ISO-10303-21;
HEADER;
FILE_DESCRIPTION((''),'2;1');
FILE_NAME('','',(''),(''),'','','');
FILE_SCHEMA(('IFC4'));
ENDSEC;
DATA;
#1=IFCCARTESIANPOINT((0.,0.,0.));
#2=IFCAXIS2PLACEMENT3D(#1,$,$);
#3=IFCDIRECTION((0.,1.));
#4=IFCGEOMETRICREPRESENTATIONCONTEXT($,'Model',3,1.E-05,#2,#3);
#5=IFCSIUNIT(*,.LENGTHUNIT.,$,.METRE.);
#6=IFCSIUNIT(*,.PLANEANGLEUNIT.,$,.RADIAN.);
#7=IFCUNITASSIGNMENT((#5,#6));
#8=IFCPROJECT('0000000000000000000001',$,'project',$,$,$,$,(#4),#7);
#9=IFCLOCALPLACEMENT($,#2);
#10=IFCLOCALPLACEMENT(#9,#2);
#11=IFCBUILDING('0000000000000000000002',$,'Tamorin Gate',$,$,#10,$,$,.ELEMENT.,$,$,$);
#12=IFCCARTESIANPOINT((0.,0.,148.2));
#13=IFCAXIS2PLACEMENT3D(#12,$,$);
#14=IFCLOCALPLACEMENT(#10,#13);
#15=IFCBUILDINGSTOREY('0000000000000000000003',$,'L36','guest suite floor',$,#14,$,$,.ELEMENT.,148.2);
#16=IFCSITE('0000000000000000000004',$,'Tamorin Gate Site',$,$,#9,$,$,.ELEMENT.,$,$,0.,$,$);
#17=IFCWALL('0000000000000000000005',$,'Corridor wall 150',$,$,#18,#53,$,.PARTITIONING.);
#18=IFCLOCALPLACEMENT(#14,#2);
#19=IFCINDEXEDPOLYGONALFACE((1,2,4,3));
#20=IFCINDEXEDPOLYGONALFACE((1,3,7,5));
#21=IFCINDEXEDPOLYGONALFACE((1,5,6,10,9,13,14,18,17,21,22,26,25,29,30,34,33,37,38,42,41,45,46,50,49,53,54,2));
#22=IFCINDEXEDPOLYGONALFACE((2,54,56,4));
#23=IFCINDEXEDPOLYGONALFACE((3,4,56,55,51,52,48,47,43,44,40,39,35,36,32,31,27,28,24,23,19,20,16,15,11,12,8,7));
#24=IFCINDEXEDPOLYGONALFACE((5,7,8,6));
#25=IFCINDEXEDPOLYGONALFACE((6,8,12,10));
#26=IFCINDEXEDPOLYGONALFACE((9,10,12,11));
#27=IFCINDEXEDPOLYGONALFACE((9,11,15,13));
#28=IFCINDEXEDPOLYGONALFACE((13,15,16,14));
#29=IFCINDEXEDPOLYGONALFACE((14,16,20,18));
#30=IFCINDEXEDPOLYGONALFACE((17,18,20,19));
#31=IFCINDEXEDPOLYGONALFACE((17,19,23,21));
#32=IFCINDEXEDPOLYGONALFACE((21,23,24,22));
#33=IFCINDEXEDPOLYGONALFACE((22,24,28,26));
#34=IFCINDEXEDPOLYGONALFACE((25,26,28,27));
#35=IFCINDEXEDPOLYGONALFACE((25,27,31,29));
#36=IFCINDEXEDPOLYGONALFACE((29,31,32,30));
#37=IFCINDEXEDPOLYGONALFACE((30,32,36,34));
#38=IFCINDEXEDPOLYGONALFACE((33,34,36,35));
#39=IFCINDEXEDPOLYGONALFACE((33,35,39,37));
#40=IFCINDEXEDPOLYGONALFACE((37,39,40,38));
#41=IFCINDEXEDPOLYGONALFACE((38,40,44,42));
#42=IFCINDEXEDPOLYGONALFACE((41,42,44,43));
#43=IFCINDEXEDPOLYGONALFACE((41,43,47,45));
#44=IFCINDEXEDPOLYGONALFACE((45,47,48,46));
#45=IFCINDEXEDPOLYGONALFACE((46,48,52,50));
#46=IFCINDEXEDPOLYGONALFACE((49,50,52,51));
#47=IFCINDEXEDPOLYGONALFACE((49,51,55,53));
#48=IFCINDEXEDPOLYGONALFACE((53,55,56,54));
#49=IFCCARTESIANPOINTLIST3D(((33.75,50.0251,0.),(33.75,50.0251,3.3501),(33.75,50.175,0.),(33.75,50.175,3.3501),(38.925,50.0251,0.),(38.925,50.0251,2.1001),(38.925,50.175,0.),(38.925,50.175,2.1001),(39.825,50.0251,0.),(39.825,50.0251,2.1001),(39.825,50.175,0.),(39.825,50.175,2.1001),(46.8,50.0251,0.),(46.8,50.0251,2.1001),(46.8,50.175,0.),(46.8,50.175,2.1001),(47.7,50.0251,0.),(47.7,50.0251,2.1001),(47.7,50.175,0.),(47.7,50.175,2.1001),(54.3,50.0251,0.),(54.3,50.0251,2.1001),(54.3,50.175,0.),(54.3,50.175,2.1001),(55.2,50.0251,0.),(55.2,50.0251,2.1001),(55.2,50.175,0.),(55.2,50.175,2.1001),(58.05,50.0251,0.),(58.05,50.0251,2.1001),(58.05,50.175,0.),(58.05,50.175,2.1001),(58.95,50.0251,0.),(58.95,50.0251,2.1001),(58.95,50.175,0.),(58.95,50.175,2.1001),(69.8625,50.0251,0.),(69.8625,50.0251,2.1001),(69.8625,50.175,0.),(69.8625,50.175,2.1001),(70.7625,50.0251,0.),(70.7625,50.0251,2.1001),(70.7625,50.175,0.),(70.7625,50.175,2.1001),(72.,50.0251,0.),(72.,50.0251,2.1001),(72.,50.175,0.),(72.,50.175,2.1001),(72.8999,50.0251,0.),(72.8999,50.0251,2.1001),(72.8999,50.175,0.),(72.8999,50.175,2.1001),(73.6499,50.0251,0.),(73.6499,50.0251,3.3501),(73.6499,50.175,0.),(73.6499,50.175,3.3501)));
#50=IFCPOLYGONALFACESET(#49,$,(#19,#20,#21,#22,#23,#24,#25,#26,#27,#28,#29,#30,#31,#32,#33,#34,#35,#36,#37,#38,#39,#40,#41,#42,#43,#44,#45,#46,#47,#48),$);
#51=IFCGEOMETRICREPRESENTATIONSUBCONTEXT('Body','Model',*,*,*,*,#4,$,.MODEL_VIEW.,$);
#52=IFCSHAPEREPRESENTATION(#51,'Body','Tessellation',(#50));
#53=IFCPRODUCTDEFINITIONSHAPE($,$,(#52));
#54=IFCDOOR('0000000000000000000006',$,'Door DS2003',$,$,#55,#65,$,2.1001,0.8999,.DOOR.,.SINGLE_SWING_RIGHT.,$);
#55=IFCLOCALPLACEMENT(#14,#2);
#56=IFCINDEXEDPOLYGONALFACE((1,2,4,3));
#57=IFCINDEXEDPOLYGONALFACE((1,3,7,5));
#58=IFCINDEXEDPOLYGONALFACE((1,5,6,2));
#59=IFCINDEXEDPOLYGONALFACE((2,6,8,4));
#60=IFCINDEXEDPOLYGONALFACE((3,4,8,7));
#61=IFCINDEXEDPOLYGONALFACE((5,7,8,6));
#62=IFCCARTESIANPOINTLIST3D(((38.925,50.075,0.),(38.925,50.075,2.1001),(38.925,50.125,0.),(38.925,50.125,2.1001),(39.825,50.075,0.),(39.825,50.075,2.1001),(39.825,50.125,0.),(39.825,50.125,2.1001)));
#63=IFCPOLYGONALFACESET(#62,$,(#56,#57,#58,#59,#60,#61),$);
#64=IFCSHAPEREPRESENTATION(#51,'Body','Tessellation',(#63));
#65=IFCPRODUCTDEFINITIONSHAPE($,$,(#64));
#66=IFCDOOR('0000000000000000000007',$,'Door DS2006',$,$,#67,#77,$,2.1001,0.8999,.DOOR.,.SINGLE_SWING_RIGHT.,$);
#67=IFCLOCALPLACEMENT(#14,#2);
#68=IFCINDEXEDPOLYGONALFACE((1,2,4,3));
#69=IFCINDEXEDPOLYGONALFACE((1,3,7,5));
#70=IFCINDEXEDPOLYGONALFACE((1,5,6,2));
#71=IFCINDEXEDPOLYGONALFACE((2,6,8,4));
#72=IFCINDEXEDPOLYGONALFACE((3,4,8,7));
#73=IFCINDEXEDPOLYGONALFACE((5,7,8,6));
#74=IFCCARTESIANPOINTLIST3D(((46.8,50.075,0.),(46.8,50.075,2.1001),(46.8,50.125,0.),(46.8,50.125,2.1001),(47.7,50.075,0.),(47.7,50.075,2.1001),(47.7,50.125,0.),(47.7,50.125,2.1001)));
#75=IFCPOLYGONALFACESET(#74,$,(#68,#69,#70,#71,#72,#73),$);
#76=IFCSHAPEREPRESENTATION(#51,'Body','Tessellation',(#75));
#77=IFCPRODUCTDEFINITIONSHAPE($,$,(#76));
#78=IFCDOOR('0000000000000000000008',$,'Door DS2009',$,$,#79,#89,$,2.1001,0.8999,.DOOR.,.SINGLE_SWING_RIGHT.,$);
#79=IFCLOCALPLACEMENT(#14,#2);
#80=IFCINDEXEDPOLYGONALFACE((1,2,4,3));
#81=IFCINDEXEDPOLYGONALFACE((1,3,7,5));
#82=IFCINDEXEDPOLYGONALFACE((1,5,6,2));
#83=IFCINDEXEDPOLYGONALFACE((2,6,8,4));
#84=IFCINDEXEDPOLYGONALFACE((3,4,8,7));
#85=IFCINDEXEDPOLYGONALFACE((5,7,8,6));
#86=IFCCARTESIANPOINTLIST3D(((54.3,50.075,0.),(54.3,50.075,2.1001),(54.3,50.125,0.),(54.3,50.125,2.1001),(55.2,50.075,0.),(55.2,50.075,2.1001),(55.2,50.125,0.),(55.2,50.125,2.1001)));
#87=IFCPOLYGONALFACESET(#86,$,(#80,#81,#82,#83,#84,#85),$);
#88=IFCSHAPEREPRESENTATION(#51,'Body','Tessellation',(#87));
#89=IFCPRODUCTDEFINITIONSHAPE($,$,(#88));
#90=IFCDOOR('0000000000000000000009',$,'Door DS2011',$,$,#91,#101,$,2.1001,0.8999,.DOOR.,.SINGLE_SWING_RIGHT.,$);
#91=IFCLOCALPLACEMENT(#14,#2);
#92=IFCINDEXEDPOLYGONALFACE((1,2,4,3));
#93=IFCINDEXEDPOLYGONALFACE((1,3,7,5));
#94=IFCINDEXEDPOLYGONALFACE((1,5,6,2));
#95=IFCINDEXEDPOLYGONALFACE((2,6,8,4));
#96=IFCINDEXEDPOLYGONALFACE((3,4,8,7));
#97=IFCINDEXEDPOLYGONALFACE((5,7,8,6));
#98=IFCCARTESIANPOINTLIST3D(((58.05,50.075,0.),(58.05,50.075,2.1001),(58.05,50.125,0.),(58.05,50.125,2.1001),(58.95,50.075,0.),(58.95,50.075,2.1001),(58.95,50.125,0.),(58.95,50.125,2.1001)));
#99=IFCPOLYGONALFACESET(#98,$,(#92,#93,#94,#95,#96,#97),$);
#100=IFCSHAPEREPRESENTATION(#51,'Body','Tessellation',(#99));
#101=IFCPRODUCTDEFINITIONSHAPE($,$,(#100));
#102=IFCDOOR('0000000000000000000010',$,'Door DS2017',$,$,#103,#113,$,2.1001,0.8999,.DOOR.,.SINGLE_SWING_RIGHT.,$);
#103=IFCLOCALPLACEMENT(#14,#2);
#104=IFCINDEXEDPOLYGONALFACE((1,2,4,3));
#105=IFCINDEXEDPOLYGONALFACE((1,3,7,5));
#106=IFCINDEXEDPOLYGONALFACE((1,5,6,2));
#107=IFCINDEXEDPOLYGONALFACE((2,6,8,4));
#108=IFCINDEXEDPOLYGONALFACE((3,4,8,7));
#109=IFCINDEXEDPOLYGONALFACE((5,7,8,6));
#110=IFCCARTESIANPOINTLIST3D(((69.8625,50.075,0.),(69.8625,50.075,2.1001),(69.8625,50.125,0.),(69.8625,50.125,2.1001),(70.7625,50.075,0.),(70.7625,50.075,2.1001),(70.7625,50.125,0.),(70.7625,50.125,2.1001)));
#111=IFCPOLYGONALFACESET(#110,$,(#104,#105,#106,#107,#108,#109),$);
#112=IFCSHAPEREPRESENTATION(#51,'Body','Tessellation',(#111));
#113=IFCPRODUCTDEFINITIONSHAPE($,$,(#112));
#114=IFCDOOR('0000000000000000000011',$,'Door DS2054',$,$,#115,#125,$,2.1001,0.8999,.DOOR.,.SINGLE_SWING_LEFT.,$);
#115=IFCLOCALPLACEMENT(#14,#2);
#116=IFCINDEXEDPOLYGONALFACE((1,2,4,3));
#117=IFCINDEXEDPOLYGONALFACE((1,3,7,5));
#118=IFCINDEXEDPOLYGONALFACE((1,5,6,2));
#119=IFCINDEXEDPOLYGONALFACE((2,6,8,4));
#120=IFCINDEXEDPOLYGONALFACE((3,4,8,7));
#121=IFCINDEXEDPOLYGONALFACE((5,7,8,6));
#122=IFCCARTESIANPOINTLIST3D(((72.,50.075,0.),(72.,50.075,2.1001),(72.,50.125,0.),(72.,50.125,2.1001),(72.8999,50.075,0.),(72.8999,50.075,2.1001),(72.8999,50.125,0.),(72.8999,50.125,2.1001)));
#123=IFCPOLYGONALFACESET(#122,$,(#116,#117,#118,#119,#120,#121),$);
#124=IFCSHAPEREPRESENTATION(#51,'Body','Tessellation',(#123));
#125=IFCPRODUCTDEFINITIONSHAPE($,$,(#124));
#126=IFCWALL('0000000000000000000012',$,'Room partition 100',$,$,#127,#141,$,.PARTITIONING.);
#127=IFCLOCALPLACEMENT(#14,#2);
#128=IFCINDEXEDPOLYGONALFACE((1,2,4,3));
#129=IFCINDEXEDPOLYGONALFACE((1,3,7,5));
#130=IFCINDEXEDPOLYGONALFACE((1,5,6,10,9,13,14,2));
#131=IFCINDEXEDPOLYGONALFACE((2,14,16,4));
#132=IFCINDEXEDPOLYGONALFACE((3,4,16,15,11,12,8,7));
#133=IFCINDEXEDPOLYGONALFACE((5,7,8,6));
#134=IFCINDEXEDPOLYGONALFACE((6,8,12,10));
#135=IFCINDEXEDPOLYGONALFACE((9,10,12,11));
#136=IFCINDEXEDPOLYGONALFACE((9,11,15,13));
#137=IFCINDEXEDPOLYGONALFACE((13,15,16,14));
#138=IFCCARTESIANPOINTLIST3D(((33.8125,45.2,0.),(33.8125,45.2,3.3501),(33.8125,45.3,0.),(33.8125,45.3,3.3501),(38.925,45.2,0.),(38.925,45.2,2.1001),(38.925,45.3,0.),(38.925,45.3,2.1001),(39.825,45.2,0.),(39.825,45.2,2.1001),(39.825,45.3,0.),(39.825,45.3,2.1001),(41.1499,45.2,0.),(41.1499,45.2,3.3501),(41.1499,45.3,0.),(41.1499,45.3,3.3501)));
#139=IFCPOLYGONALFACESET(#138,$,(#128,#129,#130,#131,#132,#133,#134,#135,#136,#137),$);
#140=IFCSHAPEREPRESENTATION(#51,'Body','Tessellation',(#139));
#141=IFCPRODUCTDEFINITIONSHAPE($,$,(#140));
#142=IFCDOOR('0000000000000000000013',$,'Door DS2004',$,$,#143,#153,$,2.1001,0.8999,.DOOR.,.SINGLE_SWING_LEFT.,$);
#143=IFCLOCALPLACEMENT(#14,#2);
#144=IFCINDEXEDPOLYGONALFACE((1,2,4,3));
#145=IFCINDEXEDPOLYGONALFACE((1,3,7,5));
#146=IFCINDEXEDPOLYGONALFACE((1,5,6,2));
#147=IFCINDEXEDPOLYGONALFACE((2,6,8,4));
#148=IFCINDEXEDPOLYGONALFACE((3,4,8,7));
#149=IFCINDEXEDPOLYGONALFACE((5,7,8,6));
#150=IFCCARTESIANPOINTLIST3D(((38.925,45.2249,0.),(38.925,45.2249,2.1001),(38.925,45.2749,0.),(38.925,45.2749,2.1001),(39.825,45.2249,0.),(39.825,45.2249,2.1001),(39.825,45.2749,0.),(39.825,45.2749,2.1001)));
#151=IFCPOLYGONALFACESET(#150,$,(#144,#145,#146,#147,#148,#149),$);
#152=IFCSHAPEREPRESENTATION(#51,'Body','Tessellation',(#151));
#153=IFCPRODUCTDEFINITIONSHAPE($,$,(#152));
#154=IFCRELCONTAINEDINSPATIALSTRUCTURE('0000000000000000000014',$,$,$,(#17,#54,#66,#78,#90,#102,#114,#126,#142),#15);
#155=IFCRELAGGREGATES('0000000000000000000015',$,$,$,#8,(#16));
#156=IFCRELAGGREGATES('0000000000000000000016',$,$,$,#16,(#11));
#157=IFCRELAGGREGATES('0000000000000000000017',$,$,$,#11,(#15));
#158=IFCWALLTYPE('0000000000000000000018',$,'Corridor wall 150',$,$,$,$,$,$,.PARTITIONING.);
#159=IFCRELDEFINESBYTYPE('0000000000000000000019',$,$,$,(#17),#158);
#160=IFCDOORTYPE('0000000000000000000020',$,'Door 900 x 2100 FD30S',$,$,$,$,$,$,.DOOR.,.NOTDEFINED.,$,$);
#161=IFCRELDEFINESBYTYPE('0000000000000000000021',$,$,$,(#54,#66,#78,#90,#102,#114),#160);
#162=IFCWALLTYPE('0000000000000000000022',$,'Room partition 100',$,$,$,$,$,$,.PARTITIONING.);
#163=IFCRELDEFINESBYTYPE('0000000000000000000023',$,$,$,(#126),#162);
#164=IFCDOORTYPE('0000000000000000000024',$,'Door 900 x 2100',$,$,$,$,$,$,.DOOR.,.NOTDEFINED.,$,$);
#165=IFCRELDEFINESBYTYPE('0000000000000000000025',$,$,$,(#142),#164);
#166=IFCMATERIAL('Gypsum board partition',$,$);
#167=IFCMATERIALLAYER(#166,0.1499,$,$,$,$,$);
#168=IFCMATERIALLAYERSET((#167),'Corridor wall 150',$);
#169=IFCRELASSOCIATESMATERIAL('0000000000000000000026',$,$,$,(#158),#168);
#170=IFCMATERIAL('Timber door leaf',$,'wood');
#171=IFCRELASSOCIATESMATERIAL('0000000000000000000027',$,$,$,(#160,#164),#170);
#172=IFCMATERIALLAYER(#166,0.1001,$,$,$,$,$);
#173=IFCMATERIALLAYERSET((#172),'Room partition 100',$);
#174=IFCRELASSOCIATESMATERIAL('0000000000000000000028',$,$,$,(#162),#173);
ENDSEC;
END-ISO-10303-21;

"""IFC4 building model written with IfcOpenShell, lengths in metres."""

from ifc_helpers import new_model, si_unit, direction, frame, frame_2d, origin, place, context, subcontext, project, spatial, rectangle, extrude, material, layer, layer_set, type_object, element, fill, save


model = new_model("IFC4")

# Units and contexts
model_context = context("Model", 3, precision=1e-05, world=origin(), true_north=direction((0.0, 1.0)))
body_context = subcontext(model_context, "Body", "Model", "MODEL_VIEW")
ifc_project = project(units=[si_unit("LENGTHUNIT", "METRE"), si_unit("PLANEANGLEUNIT", "RADIAN")], contexts=[model_context])

# Site, building, storey
site_placement = place(None, origin())
site = spatial("IfcSite", under=ifc_project, at=site_placement, Name="Tamorin Gate Site", CompositionType="ELEMENT", RefElevation=0.0)
building_placement = place(site_placement, origin())
building = spatial("IfcBuilding", under=site, at=building_placement, Name="Tamorin Gate", CompositionType="ELEMENT")
storey_placement = place(building_placement, frame((0.0, 0.0, 148.2)))
storey = spatial("IfcBuildingStorey", under=building, at=storey_placement, Name="L36", Description="guest suite floor", CompositionType="ELEMENT", Elevation=148.2)

# Wall, openings, doors
ifc_material_1 = material(Name="Gypsum board partition")
ifc_layer_1 = layer(ifc_material_1, 0.1499)
ifc_layer_set_1 = layer_set([ifc_layer_1], Name="Corridor wall 150")
wall_type_1 = type_object("IfcWallType", Name="Corridor wall 150", PredefinedType="PARTITIONING", material=ifc_layer_set_1)
wall_1_placement = place(storey_placement, frame((33.75, 50.1001, 0.0), z_axis=(0.0, 0.0, 1.0), x_axis=(1.0, 0.0, 0.0)))
wall_1 = element("IfcWall", 1, at=wall_1_placement, inside=storey, type_object=wall_type_1, Name="Corridor wall 150", PredefinedType="PARTITIONING", context=body_context, shape_type="SweptSolid", body=[
    extrude(rectangle(XDim=39.8999, YDim=0.1499, at=frame_2d((19.95, 0.0))), origin(), (0.0, 0.0, 1.0), 3.3501),
])
opening_1_placement = place(wall_1_placement, frame((5.175, 0.0, 0.0)))
opening_1 = element("IfcOpeningElement", 2, at=opening_1_placement, cuts=wall_1, PredefinedType="OPENING", context=body_context, shape_type="SweptSolid", body=[
    extrude(rectangle(XDim=0.8999, YDim=2.1001, at=frame_2d((0.45, 1.05))), frame((0.0, 0.085, 0.0), z_axis=(0.0, -1.0, 0.0), x_axis=(1.0, 0.0, 0.0)), (0.0, 0.0, 1.0), 0.1699),
])
opening_2_placement = place(wall_1_placement, frame((13.05, 0.0, 0.0)))
opening_2 = element("IfcOpeningElement", 3, at=opening_2_placement, cuts=wall_1, PredefinedType="OPENING", context=body_context, shape_type="SweptSolid", body=[
    extrude(rectangle(XDim=0.8999, YDim=2.1001, at=frame_2d((0.45, 1.05))), frame((0.0, 0.085, 0.0), z_axis=(0.0, -1.0, 0.0), x_axis=(1.0, 0.0, 0.0)), (0.0, 0.0, 1.0), 0.1699),
])
opening_3_placement = place(wall_1_placement, frame((20.55, 0.0, 0.0)))
opening_3 = element("IfcOpeningElement", 4, at=opening_3_placement, cuts=wall_1, PredefinedType="OPENING", context=body_context, shape_type="SweptSolid", body=[
    extrude(rectangle(XDim=0.8999, YDim=2.1001, at=frame_2d((0.45, 1.05))), frame((0.0, 0.085, 0.0), z_axis=(0.0, -1.0, 0.0), x_axis=(1.0, 0.0, 0.0)), (0.0, 0.0, 1.0), 0.1699),
])
opening_4_placement = place(wall_1_placement, frame((24.3, 0.0, 0.0)))
opening_4 = element("IfcOpeningElement", 5, at=opening_4_placement, cuts=wall_1, PredefinedType="OPENING", context=body_context, shape_type="SweptSolid", body=[
    extrude(rectangle(XDim=0.8999, YDim=2.1001, at=frame_2d((0.45, 1.05))), frame((0.0, 0.085, 0.0), z_axis=(0.0, -1.0, 0.0), x_axis=(1.0, 0.0, 0.0)), (0.0, 0.0, 1.0), 0.1699),
])
opening_5_placement = place(wall_1_placement, frame((36.1125, 0.0, 0.0)))
opening_5 = element("IfcOpeningElement", 6, at=opening_5_placement, cuts=wall_1, PredefinedType="OPENING", context=body_context, shape_type="SweptSolid", body=[
    extrude(rectangle(XDim=0.8999, YDim=2.1001, at=frame_2d((0.45, 1.05))), frame((0.0, 0.085, 0.0), z_axis=(0.0, -1.0, 0.0), x_axis=(1.0, 0.0, 0.0)), (0.0, 0.0, 1.0), 0.1699),
])
opening_6_placement = place(wall_1_placement, frame((38.25, 0.0, 0.0)))
opening_6 = element("IfcOpeningElement", 7, at=opening_6_placement, cuts=wall_1, PredefinedType="OPENING", context=body_context, shape_type="SweptSolid", body=[
    extrude(rectangle(XDim=0.8999, YDim=2.1001, at=frame_2d((0.45, 1.05))), frame((0.0, 0.085, 0.0), z_axis=(0.0, -1.0, 0.0), x_axis=(1.0, 0.0, 0.0)), (0.0, 0.0, 1.0), 0.1699),
])
ifc_material_2 = material(Name="Timber door leaf", Category="wood")
door_type_1 = type_object("IfcDoorType", Name="Door 900 x 2100 FD30S", OperationType="NOTDEFINED", PredefinedType="DOOR", material=ifc_material_2)
door_1_placement = place(opening_1_placement, origin())
door_1 = element("IfcDoor", 8, at=door_1_placement, inside=storey, type_object=door_type_1, Name="Door DS2003", OperationType="SINGLE_SWING_RIGHT", OverallHeight=2.1001, OverallWidth=0.8999, PredefinedType="DOOR", context=body_context, shape_type="SweptSolid", body=[
    extrude(rectangle(XDim=0.8999, YDim=2.1001, at=frame_2d((0.45, 1.05))), frame((0.0, 0.0249, 0.0), z_axis=(0.0, -1.0, 0.0), x_axis=(1.0, 0.0, 0.0)), (0.0, 0.0, 1.0), 0.05),
])
fill(opening_1, door_1)
door_2_placement = place(opening_2_placement, origin())
door_2 = element("IfcDoor", 9, at=door_2_placement, inside=storey, type_object=door_type_1, Name="Door DS2006", OperationType="SINGLE_SWING_RIGHT", OverallHeight=2.1001, OverallWidth=0.8999, PredefinedType="DOOR", context=body_context, shape_type="SweptSolid", body=[
    extrude(rectangle(XDim=0.8999, YDim=2.1001, at=frame_2d((0.45, 1.05))), frame((0.0, 0.0249, 0.0), z_axis=(0.0, -1.0, 0.0), x_axis=(1.0, 0.0, 0.0)), (0.0, 0.0, 1.0), 0.05),
])
fill(opening_2, door_2)
door_3_placement = place(opening_3_placement, origin())
door_3 = element("IfcDoor", 10, at=door_3_placement, inside=storey, type_object=door_type_1, Name="Door DS2009", OperationType="SINGLE_SWING_RIGHT", OverallHeight=2.1001, OverallWidth=0.8999, PredefinedType="DOOR", context=body_context, shape_type="SweptSolid", body=[
    extrude(rectangle(XDim=0.8999, YDim=2.1001, at=frame_2d((0.45, 1.05))), frame((0.0, 0.0249, 0.0), z_axis=(0.0, -1.0, 0.0), x_axis=(1.0, 0.0, 0.0)), (0.0, 0.0, 1.0), 0.05),
])
fill(opening_3, door_3)
door_4_placement = place(opening_4_placement, origin())
door_4 = element("IfcDoor", 11, at=door_4_placement, inside=storey, type_object=door_type_1, Name="Door DS2011", OperationType="SINGLE_SWING_RIGHT", OverallHeight=2.1001, OverallWidth=0.8999, PredefinedType="DOOR", context=body_context, shape_type="SweptSolid", body=[
    extrude(rectangle(XDim=0.8999, YDim=2.1001, at=frame_2d((0.45, 1.05))), frame((0.0, 0.0249, 0.0), z_axis=(0.0, -1.0, 0.0), x_axis=(1.0, 0.0, 0.0)), (0.0, 0.0, 1.0), 0.05),
])
fill(opening_4, door_4)
door_5_placement = place(opening_5_placement, origin())
door_5 = element("IfcDoor", 12, at=door_5_placement, inside=storey, type_object=door_type_1, Name="Door DS2017", OperationType="SINGLE_SWING_RIGHT", OverallHeight=2.1001, OverallWidth=0.8999, PredefinedType="DOOR", context=body_context, shape_type="SweptSolid", body=[
    extrude(rectangle(XDim=0.8999, YDim=2.1001, at=frame_2d((0.45, 1.05))), frame((0.0, 0.0249, 0.0), z_axis=(0.0, -1.0, 0.0), x_axis=(1.0, 0.0, 0.0)), (0.0, 0.0, 1.0), 0.05),
])
fill(opening_5, door_5)
door_6_placement = place(opening_6_placement, origin())
door_6 = element("IfcDoor", 13, at=door_6_placement, inside=storey, type_object=door_type_1, Name="Door DS2054", OperationType="SINGLE_SWING_LEFT", OverallHeight=2.1001, OverallWidth=0.8999, PredefinedType="DOOR", context=body_context, shape_type="SweptSolid", body=[
    extrude(rectangle(XDim=0.8999, YDim=2.1001, at=frame_2d((0.45, 1.05))), frame((0.0, 0.0249, 0.0), z_axis=(0.0, -1.0, 0.0), x_axis=(1.0, 0.0, 0.0)), (0.0, 0.0, 1.0), 0.05),
])
fill(opening_6, door_6)

# Wall, opening, door
ifc_layer_2 = layer(ifc_material_1, 0.1001)
ifc_layer_set_2 = layer_set([ifc_layer_2], Name="Room partition 100")
wall_type_2 = type_object("IfcWallType", Name="Room partition 100", PredefinedType="PARTITIONING", material=ifc_layer_set_2)
wall_2_placement = place(storey_placement, frame((33.8125, 45.25, 0.0), z_axis=(0.0, 0.0, 1.0), x_axis=(1.0, 0.0, 0.0)))
wall_2 = element("IfcWall", 14, at=wall_2_placement, inside=storey, type_object=wall_type_2, Name="Room partition 100", PredefinedType="PARTITIONING", context=body_context, shape_type="SweptSolid", body=[
    extrude(rectangle(XDim=7.3374, YDim=0.1001, at=frame_2d((3.6687, 0.0))), origin(), (0.0, 0.0, 1.0), 3.3501),
])
opening_7_placement = place(wall_2_placement, frame((5.1125, 0.0, 0.0)))
opening_7 = element("IfcOpeningElement", 15, at=opening_7_placement, cuts=wall_2, PredefinedType="OPENING", context=body_context, shape_type="SweptSolid", body=[
    extrude(rectangle(XDim=0.8999, YDim=2.1001, at=frame_2d((0.45, 1.05))), frame((0.0, 0.0601, 0.0), z_axis=(0.0, -1.0, 0.0), x_axis=(1.0, 0.0, 0.0)), (0.0, 0.0, 1.0), 0.1201),
])
door_type_2 = type_object("IfcDoorType", Name="Door 900 x 2100", OperationType="NOTDEFINED", PredefinedType="DOOR", material=ifc_material_2)
door_7_placement = place(opening_7_placement, origin())
door_7 = element("IfcDoor", 16, at=door_7_placement, inside=storey, type_object=door_type_2, Name="Door DS2004", OperationType="SINGLE_SWING_LEFT", OverallHeight=2.1001, OverallWidth=0.8999, PredefinedType="DOOR", context=body_context, shape_type="SweptSolid", body=[
    extrude(rectangle(XDim=0.8999, YDim=2.1001, at=frame_2d((0.45, 1.05))), frame((0.0, 0.0249, 0.0), z_axis=(0.0, -1.0, 0.0), x_axis=(1.0, 0.0, 0.0)), (0.0, 0.0, 1.0), 0.05),
])
fill(opening_7, door_7)

save(model, "model.ifc")
